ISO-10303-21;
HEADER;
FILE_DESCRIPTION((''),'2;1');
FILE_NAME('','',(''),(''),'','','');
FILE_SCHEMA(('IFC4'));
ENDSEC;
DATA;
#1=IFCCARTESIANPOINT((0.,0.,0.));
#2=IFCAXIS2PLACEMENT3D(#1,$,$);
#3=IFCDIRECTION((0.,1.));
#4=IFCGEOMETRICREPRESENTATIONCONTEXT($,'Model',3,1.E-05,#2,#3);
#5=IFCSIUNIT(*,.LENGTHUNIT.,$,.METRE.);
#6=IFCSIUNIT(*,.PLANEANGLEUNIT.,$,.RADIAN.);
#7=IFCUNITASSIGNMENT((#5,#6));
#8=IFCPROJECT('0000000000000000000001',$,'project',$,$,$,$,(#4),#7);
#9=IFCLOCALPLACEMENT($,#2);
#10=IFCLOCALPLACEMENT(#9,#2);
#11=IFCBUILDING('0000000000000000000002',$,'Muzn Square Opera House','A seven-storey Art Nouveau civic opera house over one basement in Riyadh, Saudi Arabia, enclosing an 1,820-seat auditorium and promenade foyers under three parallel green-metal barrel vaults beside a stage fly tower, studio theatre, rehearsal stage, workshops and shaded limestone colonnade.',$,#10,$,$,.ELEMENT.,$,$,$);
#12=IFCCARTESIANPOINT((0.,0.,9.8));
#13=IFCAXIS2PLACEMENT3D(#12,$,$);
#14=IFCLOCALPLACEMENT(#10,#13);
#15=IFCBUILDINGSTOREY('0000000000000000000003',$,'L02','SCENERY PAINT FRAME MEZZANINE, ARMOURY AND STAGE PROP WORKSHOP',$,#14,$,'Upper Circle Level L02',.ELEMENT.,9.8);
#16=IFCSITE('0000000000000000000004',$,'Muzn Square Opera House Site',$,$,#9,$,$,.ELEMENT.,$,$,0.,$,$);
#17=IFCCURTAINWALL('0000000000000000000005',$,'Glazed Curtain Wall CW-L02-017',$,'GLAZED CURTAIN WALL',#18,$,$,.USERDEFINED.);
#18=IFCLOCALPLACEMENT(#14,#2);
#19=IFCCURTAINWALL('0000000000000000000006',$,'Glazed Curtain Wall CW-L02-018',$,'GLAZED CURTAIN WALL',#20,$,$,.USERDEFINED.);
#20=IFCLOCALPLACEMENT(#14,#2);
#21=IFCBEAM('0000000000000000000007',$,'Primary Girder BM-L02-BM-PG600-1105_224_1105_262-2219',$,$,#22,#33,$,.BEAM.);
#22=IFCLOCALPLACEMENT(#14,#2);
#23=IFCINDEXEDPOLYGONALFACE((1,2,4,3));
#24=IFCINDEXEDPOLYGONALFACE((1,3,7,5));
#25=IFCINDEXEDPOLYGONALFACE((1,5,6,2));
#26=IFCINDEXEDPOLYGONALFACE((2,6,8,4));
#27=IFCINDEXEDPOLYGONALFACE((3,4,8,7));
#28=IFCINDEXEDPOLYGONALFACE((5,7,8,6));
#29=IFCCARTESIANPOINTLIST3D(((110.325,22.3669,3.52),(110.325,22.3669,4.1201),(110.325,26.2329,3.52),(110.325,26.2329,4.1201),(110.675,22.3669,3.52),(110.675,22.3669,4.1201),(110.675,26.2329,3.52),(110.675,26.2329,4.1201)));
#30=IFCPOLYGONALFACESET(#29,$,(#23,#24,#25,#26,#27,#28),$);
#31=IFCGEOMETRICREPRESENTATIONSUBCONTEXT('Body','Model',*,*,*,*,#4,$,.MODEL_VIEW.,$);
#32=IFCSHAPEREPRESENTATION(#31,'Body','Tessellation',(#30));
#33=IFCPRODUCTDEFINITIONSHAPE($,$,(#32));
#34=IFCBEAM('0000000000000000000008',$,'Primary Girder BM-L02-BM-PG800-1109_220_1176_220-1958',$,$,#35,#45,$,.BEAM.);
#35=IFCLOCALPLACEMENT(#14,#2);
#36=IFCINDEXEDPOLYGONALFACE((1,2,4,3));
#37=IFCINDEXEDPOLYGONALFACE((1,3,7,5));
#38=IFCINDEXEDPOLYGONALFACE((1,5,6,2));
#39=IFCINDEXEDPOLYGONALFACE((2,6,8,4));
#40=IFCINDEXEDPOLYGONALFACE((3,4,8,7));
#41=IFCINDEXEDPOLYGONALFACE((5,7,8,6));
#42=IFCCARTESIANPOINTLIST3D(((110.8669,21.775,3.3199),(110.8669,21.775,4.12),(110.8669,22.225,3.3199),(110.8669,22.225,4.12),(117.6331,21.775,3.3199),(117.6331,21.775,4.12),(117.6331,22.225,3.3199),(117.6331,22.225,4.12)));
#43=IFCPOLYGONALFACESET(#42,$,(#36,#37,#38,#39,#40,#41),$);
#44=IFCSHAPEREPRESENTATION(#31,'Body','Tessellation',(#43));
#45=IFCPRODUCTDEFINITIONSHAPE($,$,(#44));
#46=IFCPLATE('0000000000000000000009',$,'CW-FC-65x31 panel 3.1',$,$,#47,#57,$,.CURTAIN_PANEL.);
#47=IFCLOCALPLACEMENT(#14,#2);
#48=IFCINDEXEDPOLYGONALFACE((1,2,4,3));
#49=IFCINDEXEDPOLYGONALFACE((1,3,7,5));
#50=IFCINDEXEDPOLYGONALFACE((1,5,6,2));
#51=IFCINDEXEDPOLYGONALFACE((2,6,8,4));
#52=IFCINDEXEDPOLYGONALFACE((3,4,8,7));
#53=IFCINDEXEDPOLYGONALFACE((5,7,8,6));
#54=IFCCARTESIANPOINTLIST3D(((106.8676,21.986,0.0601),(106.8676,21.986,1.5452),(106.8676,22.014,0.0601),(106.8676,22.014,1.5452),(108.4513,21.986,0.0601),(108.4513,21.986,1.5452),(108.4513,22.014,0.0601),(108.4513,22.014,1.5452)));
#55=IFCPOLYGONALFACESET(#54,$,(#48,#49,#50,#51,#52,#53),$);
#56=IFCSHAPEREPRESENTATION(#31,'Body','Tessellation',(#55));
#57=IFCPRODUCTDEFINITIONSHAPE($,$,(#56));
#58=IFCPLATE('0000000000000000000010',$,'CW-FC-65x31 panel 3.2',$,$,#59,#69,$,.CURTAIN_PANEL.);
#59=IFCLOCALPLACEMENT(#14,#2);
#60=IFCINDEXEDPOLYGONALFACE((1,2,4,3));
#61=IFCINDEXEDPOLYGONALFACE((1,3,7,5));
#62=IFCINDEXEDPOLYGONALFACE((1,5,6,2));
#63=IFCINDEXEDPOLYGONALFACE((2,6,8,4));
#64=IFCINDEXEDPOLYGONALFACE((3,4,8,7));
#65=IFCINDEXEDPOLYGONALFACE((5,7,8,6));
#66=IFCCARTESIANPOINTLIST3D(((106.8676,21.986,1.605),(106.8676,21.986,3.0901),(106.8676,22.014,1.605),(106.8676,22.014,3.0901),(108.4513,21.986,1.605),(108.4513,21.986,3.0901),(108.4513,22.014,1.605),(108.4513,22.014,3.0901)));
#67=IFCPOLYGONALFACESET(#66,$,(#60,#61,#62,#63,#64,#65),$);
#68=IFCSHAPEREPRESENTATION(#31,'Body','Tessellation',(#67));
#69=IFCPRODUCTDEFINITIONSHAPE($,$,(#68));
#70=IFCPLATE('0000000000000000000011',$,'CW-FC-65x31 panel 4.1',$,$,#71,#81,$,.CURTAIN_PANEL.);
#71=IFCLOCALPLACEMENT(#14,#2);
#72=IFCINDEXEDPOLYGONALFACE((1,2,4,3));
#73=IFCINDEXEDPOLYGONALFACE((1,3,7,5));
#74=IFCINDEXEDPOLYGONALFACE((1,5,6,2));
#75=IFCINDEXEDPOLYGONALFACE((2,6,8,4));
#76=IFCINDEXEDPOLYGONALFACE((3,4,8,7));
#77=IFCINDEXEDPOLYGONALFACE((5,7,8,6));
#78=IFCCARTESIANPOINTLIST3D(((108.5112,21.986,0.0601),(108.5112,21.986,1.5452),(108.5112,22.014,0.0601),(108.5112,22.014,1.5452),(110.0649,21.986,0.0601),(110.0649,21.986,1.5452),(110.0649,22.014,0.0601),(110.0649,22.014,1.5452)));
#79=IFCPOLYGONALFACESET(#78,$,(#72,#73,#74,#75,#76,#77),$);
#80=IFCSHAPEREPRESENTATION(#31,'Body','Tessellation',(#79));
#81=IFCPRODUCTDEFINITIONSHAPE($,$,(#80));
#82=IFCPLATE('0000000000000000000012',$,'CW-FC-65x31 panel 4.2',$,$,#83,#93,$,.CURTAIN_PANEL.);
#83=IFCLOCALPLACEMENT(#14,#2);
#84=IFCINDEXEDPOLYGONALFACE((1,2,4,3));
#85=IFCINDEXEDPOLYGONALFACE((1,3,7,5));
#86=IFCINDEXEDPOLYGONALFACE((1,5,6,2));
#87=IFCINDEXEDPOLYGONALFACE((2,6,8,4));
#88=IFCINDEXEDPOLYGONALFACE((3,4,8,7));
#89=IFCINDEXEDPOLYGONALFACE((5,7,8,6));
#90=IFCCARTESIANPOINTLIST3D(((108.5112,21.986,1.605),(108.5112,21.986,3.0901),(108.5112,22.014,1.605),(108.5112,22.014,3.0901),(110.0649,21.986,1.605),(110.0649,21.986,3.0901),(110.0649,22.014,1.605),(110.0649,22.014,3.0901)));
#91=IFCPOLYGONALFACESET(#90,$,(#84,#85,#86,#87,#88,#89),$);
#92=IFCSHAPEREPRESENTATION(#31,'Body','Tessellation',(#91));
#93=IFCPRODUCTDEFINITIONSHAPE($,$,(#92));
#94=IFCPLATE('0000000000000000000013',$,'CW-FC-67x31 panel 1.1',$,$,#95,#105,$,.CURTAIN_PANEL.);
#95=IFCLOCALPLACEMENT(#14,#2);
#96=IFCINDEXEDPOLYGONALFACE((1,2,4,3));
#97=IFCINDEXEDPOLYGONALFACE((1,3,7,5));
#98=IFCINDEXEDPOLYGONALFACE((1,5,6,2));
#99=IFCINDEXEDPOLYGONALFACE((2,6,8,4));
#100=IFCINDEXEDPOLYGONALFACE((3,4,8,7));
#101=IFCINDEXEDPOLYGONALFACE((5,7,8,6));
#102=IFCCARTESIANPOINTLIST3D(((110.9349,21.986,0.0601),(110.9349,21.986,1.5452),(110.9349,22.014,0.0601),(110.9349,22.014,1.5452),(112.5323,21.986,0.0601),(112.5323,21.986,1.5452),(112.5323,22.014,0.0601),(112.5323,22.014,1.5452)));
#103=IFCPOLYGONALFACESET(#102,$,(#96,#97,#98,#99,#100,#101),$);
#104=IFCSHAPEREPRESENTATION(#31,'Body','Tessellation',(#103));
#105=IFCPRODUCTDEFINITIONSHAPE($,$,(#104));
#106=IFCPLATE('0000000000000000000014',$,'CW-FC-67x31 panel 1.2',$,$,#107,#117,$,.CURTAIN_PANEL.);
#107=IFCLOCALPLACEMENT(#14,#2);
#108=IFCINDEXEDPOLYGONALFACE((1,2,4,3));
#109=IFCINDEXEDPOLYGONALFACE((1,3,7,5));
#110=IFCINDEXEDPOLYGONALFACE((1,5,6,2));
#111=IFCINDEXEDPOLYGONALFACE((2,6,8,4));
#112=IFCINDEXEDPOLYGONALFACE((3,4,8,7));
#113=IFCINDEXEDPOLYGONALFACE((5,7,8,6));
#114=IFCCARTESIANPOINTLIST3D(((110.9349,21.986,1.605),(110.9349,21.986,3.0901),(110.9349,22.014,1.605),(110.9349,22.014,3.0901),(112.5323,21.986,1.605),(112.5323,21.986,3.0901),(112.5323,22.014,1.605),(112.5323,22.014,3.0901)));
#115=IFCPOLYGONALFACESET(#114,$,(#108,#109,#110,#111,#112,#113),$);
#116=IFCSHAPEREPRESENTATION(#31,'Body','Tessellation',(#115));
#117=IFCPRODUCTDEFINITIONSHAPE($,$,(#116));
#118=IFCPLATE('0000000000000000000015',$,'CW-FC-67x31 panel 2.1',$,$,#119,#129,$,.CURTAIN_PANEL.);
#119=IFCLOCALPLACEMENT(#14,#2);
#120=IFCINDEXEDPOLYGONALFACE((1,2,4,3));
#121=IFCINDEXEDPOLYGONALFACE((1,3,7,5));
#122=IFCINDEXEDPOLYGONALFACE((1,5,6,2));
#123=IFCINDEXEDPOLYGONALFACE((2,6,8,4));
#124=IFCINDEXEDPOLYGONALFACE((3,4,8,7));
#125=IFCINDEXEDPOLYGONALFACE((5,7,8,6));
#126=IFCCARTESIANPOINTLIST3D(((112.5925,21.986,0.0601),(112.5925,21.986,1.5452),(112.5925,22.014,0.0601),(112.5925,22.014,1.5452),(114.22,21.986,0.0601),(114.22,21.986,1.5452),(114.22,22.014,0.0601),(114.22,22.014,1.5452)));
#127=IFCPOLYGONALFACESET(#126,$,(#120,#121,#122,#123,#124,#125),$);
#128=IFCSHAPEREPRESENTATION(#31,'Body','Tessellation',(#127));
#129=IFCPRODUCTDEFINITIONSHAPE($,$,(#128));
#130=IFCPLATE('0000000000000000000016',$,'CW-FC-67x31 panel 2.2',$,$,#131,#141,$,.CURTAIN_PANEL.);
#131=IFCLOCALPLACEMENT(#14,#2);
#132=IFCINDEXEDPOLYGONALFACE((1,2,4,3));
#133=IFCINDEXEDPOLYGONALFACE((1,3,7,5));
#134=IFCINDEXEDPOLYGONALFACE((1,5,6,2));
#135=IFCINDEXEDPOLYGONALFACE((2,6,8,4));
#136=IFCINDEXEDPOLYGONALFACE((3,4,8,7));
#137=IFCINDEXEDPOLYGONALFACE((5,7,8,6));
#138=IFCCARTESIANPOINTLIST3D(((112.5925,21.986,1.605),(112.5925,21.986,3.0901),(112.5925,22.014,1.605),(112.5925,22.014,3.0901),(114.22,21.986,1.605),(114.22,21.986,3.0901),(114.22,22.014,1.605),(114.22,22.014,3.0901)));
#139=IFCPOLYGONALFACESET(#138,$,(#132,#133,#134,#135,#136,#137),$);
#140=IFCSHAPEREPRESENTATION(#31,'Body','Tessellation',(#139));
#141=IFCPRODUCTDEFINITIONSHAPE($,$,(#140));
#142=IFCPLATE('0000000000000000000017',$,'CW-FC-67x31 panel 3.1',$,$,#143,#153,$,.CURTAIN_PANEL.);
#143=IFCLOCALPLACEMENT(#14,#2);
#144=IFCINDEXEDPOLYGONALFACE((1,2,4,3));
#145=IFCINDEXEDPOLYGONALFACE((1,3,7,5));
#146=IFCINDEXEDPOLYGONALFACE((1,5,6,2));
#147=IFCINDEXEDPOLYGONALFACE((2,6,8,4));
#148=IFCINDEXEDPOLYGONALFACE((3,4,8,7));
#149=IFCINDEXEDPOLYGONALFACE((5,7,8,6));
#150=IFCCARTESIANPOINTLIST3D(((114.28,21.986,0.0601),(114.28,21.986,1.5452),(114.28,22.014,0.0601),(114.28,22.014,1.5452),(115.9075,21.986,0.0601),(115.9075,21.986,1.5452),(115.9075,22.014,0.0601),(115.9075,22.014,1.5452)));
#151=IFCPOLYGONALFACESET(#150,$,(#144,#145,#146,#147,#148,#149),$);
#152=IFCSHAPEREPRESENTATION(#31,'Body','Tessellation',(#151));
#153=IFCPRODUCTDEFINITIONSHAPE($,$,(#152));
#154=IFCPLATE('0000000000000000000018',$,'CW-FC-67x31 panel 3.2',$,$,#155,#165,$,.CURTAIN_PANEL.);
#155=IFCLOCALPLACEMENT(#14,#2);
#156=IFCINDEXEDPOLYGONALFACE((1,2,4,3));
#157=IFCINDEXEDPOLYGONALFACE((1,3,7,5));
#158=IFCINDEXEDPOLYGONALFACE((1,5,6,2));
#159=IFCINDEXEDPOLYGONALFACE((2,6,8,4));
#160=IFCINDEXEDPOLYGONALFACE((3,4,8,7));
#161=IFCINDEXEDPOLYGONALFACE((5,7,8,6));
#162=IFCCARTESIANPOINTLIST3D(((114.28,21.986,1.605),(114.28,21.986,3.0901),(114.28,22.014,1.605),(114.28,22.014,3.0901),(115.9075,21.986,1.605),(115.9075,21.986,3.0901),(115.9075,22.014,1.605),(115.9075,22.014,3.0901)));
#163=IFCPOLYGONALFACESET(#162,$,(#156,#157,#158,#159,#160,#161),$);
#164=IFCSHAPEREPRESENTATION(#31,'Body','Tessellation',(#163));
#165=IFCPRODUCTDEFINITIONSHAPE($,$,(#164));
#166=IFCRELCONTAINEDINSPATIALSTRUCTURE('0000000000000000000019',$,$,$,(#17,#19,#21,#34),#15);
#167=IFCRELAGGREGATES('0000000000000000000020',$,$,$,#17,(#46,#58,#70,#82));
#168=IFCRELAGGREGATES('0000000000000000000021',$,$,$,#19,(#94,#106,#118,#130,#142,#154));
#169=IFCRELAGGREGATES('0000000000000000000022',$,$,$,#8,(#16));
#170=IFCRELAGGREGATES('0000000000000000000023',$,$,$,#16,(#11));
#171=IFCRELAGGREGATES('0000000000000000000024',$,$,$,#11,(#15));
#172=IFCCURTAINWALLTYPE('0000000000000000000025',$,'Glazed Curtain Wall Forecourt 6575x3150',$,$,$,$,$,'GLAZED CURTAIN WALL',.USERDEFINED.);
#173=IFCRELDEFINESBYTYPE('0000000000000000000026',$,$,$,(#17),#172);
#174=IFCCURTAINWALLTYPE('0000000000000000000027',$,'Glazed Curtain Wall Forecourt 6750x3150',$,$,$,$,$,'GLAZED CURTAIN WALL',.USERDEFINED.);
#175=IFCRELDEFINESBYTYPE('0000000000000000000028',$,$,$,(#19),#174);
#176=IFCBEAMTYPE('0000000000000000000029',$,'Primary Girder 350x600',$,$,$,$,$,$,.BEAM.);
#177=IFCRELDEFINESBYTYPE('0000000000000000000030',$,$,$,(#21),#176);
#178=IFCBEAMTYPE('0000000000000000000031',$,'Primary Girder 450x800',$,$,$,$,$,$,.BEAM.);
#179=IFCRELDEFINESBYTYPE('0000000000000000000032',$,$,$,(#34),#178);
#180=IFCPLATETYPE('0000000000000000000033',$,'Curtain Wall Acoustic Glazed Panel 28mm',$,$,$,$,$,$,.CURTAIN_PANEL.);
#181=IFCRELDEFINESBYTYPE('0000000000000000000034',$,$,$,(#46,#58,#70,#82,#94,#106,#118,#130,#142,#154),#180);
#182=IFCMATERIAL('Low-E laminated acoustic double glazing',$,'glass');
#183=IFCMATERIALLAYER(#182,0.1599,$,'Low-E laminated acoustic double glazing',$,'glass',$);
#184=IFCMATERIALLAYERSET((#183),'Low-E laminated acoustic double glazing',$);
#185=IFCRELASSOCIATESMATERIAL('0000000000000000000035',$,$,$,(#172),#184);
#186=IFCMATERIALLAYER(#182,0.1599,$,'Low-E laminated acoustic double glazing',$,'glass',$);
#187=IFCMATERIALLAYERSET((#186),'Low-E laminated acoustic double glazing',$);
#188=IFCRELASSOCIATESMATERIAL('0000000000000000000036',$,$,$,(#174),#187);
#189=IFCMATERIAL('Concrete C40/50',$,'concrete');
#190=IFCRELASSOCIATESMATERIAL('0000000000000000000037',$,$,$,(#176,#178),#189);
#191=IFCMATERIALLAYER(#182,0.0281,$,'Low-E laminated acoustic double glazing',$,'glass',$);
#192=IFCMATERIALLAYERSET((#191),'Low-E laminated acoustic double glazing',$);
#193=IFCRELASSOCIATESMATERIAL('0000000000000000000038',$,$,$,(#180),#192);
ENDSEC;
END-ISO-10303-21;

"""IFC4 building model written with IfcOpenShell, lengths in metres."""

from ifc_helpers import new_model, si_unit, direction, frame, origin, origin_2d, place, context, subcontext, project, spatial, rectangle, extrude, material, layer, layer_set, material_profile, profile_set, type_object, element, aggregate, save


model = new_model("IFC4")

# Units and contexts
model_context = context("Model", 3, precision=1e-05, world=origin(), true_north=direction((0.0, 1.0)))
body_context = subcontext(model_context, "Body", "Model", "MODEL_VIEW")
ifc_project = project(units=[si_unit("LENGTHUNIT", "METRE"), si_unit("PLANEANGLEUNIT", "RADIAN")], contexts=[model_context])

# Site, building, storey
site_placement = place(None, origin())
site = spatial("IfcSite", under=ifc_project, at=site_placement, Name="Muzn Square Opera House Site", CompositionType="ELEMENT", RefElevation=0.0)
building_placement = place(site_placement, origin())
building = spatial("IfcBuilding", under=site, at=building_placement, Name="Muzn Square Opera House", Description="A seven-storey Art Nouveau civic opera house over one basement in Riyadh, Saudi Arabia, enclosing an 1,820-seat auditorium and promenade foyers under three parallel green-metal barrel vaults beside a stage fly tower, studio theatre, rehearsal stage, workshops and shaded limestone colonnade.", CompositionType="ELEMENT")
storey_placement = place(building_placement, frame((0.0, 0.0, 9.8)))
storey = spatial("IfcBuildingStorey", under=building, at=storey_placement, Name="L02", Description="SCENERY PAINT FRAME MEZZANINE, ARMOURY AND STAGE PROP WORKSHOP", LongName="Upper Circle Level L02", CompositionType="ELEMENT", Elevation=9.8)

# Curtain walls
ifc_material_1 = material(Name="Low-E laminated acoustic double glazing", Category="glass")
ifc_layer_1 = layer(ifc_material_1, 0.1599, Name="Low-E laminated acoustic double glazing", Category="glass")
ifc_layer_set_1 = layer_set([ifc_layer_1], Name="Low-E laminated acoustic double glazing")
curtain_wall_type_1 = type_object("IfcCurtainWallType", Name="Glazed Curtain Wall Forecourt 6575x3150", ElementType="GLAZED CURTAIN WALL", PredefinedType="USERDEFINED", material=ifc_layer_set_1)
curtain_wall_1_placement = place(storey_placement, origin())
curtain_wall_1 = element("IfcCurtainWall", 1, at=curtain_wall_1_placement, inside=storey, type_object=curtain_wall_type_1, Name="Glazed Curtain Wall CW-L02-017", ObjectType="GLAZED CURTAIN WALL", PredefinedType="USERDEFINED")
ifc_layer_2 = layer(ifc_material_1, 0.1599, Name="Low-E laminated acoustic double glazing", Category="glass")
ifc_layer_set_2 = layer_set([ifc_layer_2], Name="Low-E laminated acoustic double glazing")
curtain_wall_type_2 = type_object("IfcCurtainWallType", Name="Glazed Curtain Wall Forecourt 6750x3150", ElementType="GLAZED CURTAIN WALL", PredefinedType="USERDEFINED", material=ifc_layer_set_2)
curtain_wall_2_placement = place(storey_placement, origin())
curtain_wall_2 = element("IfcCurtainWall", 2, at=curtain_wall_2_placement, inside=storey, type_object=curtain_wall_type_2, Name="Glazed Curtain Wall CW-L02-018", ObjectType="GLAZED CURTAIN WALL", PredefinedType="USERDEFINED")

# Beams
ifc_material_2 = material(Name="Concrete C40/50", Category="concrete")
ifc_material_profile_1 = material_profile(ifc_material_2, rectangle(XDim=0.3501, YDim=0.6001, at=origin_2d()), Name="RCB 350x600", Category="concrete")
ifc_profile_set_1 = profile_set([ifc_material_profile_1], Name="Concrete C40/50")
beam_type_1 = type_object("IfcBeamType", Name="Primary Girder 350x600", PredefinedType="BEAM", material=ifc_profile_set_1)
beam_1_placement = place(storey_placement, frame((110.5, 22.3669, 3.8201), z_axis=(0.0, 1.0, 0.0), x_axis=(-1.0, 0.0, 0.0)))
element("IfcBeam", 3, at=beam_1_placement, inside=storey, type_object=beam_type_1, Name="Primary Girder BM-L02-BM-PG600-1105_224_1105_262-2219", PredefinedType="BEAM", context=body_context, shape_type="SweptSolid", body=[
    extrude(rectangle(XDim=0.3501, YDim=0.6001, at=origin_2d()), origin(), (0.0, 0.0, 1.0), 3.866),
])
ifc_material_profile_2 = material_profile(ifc_material_2, rectangle(XDim=0.45, YDim=0.8, at=origin_2d()), Name="RCB 450x800", Category="concrete")
ifc_profile_set_2 = profile_set([ifc_material_profile_2], Name="Concrete C40/50")
beam_type_2 = type_object("IfcBeamType", Name="Primary Girder 450x800", PredefinedType="BEAM", material=ifc_profile_set_2)
beam_2_placement = place(storey_placement, frame((110.8669, 22.0, 3.72), z_axis=(1.0, 0.0, 0.0), x_axis=(0.0, 1.0, 0.0)))
element("IfcBeam", 4, at=beam_2_placement, inside=storey, type_object=beam_type_2, Name="Primary Girder BM-L02-BM-PG800-1109_220_1176_220-1958", PredefinedType="BEAM", context=body_context, shape_type="SweptSolid", body=[
    extrude(rectangle(XDim=0.45, YDim=0.8, at=origin_2d()), origin(), (0.0, 0.0, 1.0), 6.7661),
])

# Plates
ifc_layer_3 = layer(ifc_material_1, 0.0281, Name="Low-E laminated acoustic double glazing", Category="glass")
ifc_layer_set_3 = layer_set([ifc_layer_3], Name="Low-E laminated acoustic double glazing")
plate_type = type_object("IfcPlateType", Name="Curtain Wall Acoustic Glazed Panel 28mm", PredefinedType="CURTAIN_PANEL", material=ifc_layer_set_3)
plate_1_placement = place(storey_placement, frame((107.6594, 22.0, 0.0601), z_axis=(0.0, 0.0, 1.0), x_axis=(1.0, 0.0, 0.0)))
plate_1 = element("IfcPlate", 5, at=plate_1_placement, type_object=plate_type, Name="CW-FC-65x31 panel 3.1", PredefinedType="CURTAIN_PANEL", context=body_context, shape_type="SweptSolid", body=[
    extrude(rectangle(XDim=1.5837, YDim=0.0281, at=origin_2d()), origin(), (0.0, 0.0, 1.0), 1.4851),
])
plate_2_placement = place(storey_placement, frame((107.6594, 22.0, 1.605), z_axis=(0.0, 0.0, 1.0), x_axis=(1.0, 0.0, 0.0)))
plate_2 = element("IfcPlate", 6, at=plate_2_placement, type_object=plate_type, Name="CW-FC-65x31 panel 3.2", PredefinedType="CURTAIN_PANEL", context=body_context, shape_type="SweptSolid", body=[
    extrude(rectangle(XDim=1.5837, YDim=0.0281, at=origin_2d()), origin(), (0.0, 0.0, 1.0), 1.4851),
])
plate_3_placement = place(storey_placement, frame((109.2881, 22.0, 0.0601), z_axis=(0.0, 0.0, 1.0), x_axis=(1.0, 0.0, 0.0)))
plate_3 = element("IfcPlate", 7, at=plate_3_placement, type_object=plate_type, Name="CW-FC-65x31 panel 4.1", PredefinedType="CURTAIN_PANEL", context=body_context, shape_type="SweptSolid", body=[
    extrude(rectangle(XDim=1.5537, YDim=0.0281, at=origin_2d()), origin(), (0.0, 0.0, 1.0), 1.4851),
])
plate_4_placement = place(storey_placement, frame((109.2881, 22.0, 1.605), z_axis=(0.0, 0.0, 1.0), x_axis=(1.0, 0.0, 0.0)))
plate_4 = element("IfcPlate", 8, at=plate_4_placement, type_object=plate_type, Name="CW-FC-65x31 panel 4.2", PredefinedType="CURTAIN_PANEL", context=body_context, shape_type="SweptSolid", body=[
    extrude(rectangle(XDim=1.5537, YDim=0.0281, at=origin_2d()), origin(), (0.0, 0.0, 1.0), 1.4851),
])
aggregate(curtain_wall_1, [plate_1, plate_2, plate_3, plate_4])
plate_5_placement = place(storey_placement, frame((111.7336, 22.0, 0.0601), z_axis=(0.0, 0.0, 1.0), x_axis=(1.0, 0.0, 0.0)))
plate_5 = element("IfcPlate", 9, at=plate_5_placement, type_object=plate_type, Name="CW-FC-67x31 panel 1.1", PredefinedType="CURTAIN_PANEL", context=body_context, shape_type="SweptSolid", body=[
    extrude(rectangle(XDim=1.5974, YDim=0.0281, at=origin_2d()), origin(), (0.0, 0.0, 1.0), 1.4851),
])
plate_6_placement = place(storey_placement, frame((111.7336, 22.0, 1.605), z_axis=(0.0, 0.0, 1.0), x_axis=(1.0, 0.0, 0.0)))
plate_6 = element("IfcPlate", 10, at=plate_6_placement, type_object=plate_type, Name="CW-FC-67x31 panel 1.2", PredefinedType="CURTAIN_PANEL", context=body_context, shape_type="SweptSolid", body=[
    extrude(rectangle(XDim=1.5974, YDim=0.0281, at=origin_2d()), origin(), (0.0, 0.0, 1.0), 1.4851),
])
plate_7_placement = place(storey_placement, frame((113.4062, 22.0, 0.0601), z_axis=(0.0, 0.0, 1.0), x_axis=(1.0, 0.0, 0.0)))
plate_7 = element("IfcPlate", 11, at=plate_7_placement, type_object=plate_type, Name="CW-FC-67x31 panel 2.1", PredefinedType="CURTAIN_PANEL", context=body_context, shape_type="SweptSolid", body=[
    extrude(rectangle(XDim=1.6274, YDim=0.0281, at=origin_2d()), origin(), (0.0, 0.0, 1.0), 1.4851),
])
plate_8_placement = place(storey_placement, frame((113.4062, 22.0, 1.605), z_axis=(0.0, 0.0, 1.0), x_axis=(1.0, 0.0, 0.0)))
plate_8 = element("IfcPlate", 12, at=plate_8_placement, type_object=plate_type, Name="CW-FC-67x31 panel 2.2", PredefinedType="CURTAIN_PANEL", context=body_context, shape_type="SweptSolid", body=[
    extrude(rectangle(XDim=1.6274, YDim=0.0281, at=origin_2d()), origin(), (0.0, 0.0, 1.0), 1.4851),
])
plate_9_placement = place(storey_placement, frame((115.0938, 22.0, 0.0601), z_axis=(0.0, 0.0, 1.0), x_axis=(1.0, 0.0, 0.0)))
plate_9 = element("IfcPlate", 13, at=plate_9_placement, type_object=plate_type, Name="CW-FC-67x31 panel 3.1", PredefinedType="CURTAIN_PANEL", context=body_context, shape_type="SweptSolid", body=[
    extrude(rectangle(XDim=1.6274, YDim=0.0281, at=origin_2d()), origin(), (0.0, 0.0, 1.0), 1.4851),
])
plate_10_placement = place(storey_placement, frame((115.0938, 22.0, 1.605), z_axis=(0.0, 0.0, 1.0), x_axis=(1.0, 0.0, 0.0)))
plate_10 = element("IfcPlate", 14, at=plate_10_placement, type_object=plate_type, Name="CW-FC-67x31 panel 3.2", PredefinedType="CURTAIN_PANEL", context=body_context, shape_type="SweptSolid", body=[
    extrude(rectangle(XDim=1.6274, YDim=0.0281, at=origin_2d()), origin(), (0.0, 0.0, 1.0), 1.4851),
])
aggregate(curtain_wall_2, [plate_5, plate_6, plate_7, plate_8, plate_9, plate_10])

save(model, "model.ifc")
